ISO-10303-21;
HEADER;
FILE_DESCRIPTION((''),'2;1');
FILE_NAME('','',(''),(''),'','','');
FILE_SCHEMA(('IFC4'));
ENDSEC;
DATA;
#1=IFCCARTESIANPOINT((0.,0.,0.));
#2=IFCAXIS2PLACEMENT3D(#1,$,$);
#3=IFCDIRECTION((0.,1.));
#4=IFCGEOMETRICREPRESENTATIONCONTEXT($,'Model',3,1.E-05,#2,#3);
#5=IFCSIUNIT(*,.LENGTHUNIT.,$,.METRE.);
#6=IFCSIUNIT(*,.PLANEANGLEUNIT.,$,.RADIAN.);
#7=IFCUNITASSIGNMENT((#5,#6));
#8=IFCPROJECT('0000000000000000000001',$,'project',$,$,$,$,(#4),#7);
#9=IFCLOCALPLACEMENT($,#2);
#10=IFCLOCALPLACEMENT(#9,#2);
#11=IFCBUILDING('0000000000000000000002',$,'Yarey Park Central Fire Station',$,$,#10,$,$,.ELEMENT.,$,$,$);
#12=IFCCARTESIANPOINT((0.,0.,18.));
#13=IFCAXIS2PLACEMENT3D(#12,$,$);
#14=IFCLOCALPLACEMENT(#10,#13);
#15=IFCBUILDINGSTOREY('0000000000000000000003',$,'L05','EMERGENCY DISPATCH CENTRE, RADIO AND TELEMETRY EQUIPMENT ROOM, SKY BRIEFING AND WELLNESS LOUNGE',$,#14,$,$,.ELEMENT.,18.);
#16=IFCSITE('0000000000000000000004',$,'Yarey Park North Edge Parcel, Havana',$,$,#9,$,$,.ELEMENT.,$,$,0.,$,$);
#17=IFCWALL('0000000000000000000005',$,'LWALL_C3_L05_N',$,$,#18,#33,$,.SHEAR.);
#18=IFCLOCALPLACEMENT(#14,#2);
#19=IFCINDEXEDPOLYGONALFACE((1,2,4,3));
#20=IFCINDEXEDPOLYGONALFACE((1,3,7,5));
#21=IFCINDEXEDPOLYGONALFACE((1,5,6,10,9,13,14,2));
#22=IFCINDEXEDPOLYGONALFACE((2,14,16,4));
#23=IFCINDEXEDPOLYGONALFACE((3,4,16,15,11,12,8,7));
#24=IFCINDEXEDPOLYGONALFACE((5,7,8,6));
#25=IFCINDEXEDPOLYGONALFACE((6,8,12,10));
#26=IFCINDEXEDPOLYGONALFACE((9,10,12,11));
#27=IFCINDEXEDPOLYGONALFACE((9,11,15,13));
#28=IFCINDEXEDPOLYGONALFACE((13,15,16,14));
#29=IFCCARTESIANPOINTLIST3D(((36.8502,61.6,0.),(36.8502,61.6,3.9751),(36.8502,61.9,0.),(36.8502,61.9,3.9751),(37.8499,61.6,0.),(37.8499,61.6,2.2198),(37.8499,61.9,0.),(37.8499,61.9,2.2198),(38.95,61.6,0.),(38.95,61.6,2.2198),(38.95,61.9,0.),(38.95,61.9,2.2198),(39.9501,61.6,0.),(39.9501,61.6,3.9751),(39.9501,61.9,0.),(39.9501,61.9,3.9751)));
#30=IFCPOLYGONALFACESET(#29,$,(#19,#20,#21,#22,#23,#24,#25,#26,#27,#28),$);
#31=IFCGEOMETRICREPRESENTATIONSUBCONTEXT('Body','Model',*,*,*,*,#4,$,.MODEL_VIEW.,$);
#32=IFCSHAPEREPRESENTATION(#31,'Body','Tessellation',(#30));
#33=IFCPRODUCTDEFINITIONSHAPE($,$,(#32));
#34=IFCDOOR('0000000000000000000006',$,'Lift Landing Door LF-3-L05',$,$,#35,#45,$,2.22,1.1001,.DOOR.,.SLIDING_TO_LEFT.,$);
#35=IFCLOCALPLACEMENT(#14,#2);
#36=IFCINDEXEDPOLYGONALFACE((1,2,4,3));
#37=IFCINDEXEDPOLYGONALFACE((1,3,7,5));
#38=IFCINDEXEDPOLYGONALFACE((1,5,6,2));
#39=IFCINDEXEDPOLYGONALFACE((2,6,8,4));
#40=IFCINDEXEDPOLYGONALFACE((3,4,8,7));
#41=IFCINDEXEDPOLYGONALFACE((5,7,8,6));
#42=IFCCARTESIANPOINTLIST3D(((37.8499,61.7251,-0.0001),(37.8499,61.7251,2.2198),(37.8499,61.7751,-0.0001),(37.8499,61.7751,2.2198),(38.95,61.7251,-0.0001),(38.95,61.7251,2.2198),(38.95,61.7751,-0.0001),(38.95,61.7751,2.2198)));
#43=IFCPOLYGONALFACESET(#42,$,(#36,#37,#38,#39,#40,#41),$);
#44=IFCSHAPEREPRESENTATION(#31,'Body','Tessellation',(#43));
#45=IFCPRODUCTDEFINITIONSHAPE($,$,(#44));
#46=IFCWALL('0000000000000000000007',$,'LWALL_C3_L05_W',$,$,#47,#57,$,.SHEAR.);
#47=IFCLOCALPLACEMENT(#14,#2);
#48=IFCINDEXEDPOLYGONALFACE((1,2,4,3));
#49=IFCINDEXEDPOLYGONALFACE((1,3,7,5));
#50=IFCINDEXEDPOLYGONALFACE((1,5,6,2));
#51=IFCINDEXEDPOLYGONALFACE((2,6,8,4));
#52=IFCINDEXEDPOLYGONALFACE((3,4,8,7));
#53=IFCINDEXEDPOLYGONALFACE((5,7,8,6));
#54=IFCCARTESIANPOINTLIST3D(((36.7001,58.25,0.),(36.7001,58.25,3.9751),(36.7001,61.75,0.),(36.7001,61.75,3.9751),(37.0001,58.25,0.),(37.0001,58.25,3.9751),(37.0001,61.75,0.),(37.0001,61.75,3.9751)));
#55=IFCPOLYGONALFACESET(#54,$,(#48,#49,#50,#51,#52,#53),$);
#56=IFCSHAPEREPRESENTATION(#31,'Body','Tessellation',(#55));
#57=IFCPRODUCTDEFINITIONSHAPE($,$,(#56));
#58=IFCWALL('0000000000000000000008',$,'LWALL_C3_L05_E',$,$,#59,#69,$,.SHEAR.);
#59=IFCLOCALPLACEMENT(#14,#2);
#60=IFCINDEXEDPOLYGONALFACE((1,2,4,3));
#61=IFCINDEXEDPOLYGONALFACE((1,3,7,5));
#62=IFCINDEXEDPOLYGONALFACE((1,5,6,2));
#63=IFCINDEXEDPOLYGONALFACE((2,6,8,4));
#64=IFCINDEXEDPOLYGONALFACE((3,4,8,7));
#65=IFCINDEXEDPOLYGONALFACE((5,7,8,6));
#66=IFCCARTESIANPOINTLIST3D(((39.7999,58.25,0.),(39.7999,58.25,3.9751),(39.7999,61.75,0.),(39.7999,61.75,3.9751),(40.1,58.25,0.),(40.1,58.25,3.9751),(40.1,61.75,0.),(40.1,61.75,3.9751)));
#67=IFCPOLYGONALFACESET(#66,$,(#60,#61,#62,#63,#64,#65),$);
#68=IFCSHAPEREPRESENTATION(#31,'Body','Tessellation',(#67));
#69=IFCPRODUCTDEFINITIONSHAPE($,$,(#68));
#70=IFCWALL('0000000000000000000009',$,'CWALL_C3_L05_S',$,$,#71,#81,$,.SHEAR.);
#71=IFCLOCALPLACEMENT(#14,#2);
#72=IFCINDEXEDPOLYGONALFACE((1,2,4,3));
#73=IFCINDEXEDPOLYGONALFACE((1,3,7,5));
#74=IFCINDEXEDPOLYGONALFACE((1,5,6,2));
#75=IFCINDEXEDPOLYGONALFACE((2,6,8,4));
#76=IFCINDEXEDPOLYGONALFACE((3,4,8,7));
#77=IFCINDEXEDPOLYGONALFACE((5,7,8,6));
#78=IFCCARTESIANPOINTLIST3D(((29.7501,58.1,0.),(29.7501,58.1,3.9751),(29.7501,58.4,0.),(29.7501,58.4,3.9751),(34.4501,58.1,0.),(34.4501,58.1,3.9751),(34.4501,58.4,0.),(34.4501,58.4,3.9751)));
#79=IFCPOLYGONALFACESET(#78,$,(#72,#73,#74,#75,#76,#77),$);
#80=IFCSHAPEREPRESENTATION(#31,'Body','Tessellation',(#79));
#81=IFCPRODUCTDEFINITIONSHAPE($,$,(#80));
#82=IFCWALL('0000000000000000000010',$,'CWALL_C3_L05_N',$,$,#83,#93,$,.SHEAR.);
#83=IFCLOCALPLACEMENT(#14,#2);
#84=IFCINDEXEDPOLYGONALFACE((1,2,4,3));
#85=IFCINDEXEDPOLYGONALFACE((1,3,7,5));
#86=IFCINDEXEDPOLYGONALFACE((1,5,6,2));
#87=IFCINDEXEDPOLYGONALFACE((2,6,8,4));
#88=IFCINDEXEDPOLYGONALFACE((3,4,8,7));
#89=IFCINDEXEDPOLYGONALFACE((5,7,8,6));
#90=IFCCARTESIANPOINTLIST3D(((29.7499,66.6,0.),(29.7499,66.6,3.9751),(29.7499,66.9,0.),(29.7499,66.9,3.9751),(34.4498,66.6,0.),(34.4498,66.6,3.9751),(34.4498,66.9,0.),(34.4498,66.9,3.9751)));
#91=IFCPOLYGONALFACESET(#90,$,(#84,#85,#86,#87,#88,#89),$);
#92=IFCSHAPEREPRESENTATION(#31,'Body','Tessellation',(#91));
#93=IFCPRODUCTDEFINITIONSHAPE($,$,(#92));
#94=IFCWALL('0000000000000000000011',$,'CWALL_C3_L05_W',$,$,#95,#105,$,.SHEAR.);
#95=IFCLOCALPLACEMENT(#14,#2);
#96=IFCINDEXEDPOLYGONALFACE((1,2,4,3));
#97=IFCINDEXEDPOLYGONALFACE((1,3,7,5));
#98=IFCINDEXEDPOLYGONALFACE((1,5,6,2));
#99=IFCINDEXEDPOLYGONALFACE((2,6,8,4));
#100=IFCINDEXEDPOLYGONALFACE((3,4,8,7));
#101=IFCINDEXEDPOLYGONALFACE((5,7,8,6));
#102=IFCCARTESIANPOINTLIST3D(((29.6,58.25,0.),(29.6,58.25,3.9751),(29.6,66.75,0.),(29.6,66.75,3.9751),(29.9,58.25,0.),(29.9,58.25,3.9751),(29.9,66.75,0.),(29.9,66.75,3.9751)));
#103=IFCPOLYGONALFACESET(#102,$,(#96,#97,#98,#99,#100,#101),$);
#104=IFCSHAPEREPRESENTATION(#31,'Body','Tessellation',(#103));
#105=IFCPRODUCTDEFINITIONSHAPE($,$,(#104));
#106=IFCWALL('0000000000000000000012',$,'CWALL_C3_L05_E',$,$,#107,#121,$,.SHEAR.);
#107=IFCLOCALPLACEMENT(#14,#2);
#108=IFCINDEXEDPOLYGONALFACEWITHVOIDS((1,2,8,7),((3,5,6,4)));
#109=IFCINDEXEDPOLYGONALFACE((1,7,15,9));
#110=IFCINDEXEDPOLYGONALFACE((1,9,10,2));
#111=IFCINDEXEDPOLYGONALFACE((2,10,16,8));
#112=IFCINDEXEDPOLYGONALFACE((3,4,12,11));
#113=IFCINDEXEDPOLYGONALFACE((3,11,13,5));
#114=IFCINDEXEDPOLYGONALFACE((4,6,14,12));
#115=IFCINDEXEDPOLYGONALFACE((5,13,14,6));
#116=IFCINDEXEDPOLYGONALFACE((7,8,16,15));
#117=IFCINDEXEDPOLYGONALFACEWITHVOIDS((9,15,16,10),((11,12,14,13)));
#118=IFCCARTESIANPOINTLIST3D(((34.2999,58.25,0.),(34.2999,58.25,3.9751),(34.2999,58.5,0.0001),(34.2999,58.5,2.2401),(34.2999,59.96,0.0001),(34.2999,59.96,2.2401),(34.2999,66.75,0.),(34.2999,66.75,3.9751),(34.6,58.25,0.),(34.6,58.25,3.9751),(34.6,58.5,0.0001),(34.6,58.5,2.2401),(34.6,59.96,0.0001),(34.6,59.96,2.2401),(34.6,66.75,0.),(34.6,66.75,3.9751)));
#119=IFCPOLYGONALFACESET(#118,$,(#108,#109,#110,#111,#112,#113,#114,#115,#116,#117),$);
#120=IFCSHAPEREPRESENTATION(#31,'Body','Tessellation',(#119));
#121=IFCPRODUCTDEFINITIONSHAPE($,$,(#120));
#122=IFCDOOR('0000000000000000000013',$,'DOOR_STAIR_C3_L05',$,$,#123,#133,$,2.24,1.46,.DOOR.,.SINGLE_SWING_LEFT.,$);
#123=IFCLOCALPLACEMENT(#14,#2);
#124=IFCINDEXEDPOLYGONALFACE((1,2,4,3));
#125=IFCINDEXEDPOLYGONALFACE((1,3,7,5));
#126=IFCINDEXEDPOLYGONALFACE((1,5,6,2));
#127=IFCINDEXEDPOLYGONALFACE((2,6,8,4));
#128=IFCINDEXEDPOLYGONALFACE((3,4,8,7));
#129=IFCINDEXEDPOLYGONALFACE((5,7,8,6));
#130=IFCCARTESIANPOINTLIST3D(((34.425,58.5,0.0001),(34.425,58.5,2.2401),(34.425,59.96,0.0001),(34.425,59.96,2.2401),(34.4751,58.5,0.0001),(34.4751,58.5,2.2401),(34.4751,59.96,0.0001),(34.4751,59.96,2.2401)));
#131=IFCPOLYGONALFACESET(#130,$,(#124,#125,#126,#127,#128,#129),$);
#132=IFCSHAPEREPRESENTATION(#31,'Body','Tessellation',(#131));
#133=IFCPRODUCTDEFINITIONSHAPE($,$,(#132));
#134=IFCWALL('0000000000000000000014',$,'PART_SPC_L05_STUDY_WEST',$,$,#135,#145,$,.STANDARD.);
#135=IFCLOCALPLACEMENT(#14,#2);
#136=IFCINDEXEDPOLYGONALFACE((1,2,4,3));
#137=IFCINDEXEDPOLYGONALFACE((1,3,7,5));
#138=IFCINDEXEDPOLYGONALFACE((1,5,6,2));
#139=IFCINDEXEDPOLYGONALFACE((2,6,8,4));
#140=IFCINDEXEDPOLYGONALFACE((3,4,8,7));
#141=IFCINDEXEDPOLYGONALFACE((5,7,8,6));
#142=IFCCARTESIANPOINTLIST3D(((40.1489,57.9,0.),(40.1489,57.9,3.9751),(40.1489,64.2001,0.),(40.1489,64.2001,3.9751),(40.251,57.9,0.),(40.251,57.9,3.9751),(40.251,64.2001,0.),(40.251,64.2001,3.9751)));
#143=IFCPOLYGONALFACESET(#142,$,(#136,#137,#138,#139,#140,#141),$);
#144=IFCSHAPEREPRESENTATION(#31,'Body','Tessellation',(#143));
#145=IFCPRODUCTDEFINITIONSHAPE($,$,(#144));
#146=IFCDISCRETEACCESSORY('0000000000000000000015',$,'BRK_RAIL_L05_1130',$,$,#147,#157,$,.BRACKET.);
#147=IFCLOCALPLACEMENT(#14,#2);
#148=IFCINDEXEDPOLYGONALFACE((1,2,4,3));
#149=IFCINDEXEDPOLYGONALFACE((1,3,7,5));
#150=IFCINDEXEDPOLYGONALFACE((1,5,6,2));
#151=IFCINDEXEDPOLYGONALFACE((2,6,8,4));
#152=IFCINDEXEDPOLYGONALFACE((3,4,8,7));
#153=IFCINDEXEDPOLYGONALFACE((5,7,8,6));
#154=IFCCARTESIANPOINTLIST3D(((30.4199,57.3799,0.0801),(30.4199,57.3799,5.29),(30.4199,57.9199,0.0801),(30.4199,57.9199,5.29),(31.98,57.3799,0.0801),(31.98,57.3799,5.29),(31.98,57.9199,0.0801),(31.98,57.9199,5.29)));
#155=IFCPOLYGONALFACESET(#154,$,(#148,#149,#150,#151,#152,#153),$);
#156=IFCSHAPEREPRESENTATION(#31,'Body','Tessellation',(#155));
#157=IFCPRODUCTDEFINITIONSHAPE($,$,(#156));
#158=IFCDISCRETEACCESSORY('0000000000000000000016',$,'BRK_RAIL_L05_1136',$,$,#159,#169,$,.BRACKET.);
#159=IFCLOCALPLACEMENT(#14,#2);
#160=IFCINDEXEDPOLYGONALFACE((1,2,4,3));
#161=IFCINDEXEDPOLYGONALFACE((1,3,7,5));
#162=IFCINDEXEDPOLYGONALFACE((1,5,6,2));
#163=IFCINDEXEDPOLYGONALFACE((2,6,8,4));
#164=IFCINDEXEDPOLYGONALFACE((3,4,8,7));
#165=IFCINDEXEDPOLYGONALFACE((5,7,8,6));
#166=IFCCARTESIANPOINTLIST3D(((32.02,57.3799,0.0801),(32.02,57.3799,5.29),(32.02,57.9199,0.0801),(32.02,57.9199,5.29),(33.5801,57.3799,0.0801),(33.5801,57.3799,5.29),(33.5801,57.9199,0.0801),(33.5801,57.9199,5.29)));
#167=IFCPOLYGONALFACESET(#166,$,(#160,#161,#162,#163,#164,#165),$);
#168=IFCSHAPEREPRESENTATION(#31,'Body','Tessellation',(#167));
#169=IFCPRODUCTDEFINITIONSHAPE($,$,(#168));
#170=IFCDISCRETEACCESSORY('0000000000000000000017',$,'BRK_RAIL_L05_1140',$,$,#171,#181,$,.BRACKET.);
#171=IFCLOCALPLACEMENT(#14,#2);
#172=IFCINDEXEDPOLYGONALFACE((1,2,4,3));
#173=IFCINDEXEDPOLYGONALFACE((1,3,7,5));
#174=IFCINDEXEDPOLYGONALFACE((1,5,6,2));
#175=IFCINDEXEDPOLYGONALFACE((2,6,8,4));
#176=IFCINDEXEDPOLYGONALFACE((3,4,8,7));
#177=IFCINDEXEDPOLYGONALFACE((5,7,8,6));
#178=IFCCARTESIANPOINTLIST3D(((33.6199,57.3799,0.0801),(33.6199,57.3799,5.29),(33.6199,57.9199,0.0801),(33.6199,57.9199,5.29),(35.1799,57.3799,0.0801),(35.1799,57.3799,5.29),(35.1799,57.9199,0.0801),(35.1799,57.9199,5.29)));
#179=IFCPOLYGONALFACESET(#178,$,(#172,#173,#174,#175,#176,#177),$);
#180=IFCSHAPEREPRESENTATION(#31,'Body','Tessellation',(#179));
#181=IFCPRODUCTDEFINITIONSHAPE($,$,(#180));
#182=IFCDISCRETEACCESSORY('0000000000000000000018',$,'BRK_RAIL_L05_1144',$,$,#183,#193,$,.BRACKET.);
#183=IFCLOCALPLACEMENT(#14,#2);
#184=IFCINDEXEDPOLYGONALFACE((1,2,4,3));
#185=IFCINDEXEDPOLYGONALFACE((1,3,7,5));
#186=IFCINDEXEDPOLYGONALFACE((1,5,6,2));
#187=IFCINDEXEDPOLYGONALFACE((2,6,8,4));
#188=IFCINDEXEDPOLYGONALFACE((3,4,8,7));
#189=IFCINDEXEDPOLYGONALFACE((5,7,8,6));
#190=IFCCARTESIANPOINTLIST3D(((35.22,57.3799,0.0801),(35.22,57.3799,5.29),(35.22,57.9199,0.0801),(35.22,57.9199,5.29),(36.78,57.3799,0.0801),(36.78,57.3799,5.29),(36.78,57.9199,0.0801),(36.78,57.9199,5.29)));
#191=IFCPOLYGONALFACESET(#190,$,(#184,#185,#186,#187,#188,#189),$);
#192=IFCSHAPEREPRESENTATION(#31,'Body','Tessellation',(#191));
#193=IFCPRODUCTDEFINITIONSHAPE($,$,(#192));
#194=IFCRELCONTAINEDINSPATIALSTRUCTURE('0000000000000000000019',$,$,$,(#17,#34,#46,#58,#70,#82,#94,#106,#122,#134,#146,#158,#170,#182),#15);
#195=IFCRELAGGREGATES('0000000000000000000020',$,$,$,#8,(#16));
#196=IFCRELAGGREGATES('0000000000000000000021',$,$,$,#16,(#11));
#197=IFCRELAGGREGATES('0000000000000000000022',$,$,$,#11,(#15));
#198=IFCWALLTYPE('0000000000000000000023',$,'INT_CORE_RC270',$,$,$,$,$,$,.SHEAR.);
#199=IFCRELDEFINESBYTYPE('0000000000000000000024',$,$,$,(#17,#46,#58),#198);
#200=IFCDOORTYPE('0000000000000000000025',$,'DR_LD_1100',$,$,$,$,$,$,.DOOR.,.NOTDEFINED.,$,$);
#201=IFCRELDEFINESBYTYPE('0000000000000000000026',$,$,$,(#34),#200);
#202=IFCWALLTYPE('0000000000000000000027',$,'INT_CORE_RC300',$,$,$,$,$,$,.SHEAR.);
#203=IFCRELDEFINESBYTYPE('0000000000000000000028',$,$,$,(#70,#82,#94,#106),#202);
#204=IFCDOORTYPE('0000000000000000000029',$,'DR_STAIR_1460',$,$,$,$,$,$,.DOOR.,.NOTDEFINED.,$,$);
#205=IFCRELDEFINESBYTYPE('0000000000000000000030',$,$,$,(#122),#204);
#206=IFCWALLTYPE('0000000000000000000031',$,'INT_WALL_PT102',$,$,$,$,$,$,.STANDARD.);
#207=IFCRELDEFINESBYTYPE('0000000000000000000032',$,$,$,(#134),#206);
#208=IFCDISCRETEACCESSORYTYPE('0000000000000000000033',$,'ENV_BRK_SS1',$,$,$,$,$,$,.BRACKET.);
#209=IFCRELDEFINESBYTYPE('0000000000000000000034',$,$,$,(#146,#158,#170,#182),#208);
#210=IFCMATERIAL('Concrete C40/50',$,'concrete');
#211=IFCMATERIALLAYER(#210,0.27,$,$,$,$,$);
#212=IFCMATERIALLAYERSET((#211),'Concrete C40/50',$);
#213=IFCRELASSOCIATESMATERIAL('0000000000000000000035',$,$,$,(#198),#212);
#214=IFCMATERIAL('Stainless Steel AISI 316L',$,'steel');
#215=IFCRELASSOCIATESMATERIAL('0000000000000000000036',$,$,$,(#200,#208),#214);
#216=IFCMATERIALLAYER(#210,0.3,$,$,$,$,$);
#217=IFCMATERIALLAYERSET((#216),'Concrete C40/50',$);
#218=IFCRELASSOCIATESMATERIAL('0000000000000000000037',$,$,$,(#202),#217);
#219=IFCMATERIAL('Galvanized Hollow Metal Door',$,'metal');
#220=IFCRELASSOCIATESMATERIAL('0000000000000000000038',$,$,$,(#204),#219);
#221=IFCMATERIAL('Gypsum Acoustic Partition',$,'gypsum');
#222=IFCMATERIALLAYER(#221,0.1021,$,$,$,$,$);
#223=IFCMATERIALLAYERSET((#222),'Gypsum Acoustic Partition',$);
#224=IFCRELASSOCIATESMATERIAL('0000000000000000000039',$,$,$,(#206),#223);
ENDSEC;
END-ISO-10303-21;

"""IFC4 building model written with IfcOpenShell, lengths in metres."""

from ifc_helpers import new_model, si_unit, direction, frame, frame_2d, origin, origin_2d, place, context, subcontext, project, spatial, rectangle, extrude, material, layer, layer_set, type_object, element, fill, save


model = new_model("IFC4")

# Units and contexts
model_context = context("Model", 3, precision=1e-05, world=origin(), true_north=direction((0.0, 1.0)))
body_context = subcontext(model_context, "Body", "Model", "MODEL_VIEW")
ifc_project = project(units=[si_unit("LENGTHUNIT", "METRE"), si_unit("PLANEANGLEUNIT", "RADIAN")], contexts=[model_context])

# Site, building, storey
site_placement = place(None, origin())
site = spatial("IfcSite", under=ifc_project, at=site_placement, Name="Yarey Park North Edge Parcel, Havana", CompositionType="ELEMENT", RefElevation=0.0)
building_placement = place(site_placement, origin())
building = spatial("IfcBuilding", under=site, at=building_placement, Name="Yarey Park Central Fire Station", CompositionType="ELEMENT")
storey_placement = place(building_placement, frame((0.0, 0.0, 18.0)))
storey = spatial("IfcBuildingStorey", under=building, at=storey_placement, Name="L05", Description="EMERGENCY DISPATCH CENTRE, RADIO AND TELEMETRY EQUIPMENT ROOM, SKY BRIEFING AND WELLNESS LOUNGE", CompositionType="ELEMENT", Elevation=18.0)

# Shared definitions
ifc_material_1 = material(Name="Concrete C40/50", Category="concrete")
ifc_layer_1 = layer(ifc_material_1, 0.27)
ifc_layer_set_1 = layer_set([ifc_layer_1], Name="Concrete C40/50")
wall_type_1 = type_object("IfcWallType", Name="INT_CORE_RC270", PredefinedType="SHEAR", material=ifc_layer_set_1)

# Wall, opening, door
wall_1_placement = place(storey_placement, frame((39.95, 61.75, 0.0), z_axis=(0.0, 0.0, 1.0), x_axis=(-1.0, 0.0, 0.0)))
wall_1 = element("IfcWall", 1, at=wall_1_placement, inside=storey, type_object=wall_type_1, Name="LWALL_C3_L05_N", PredefinedType="SHEAR", context=body_context, shape_type="SweptSolid", body=[
    extrude(rectangle(XDim=3.0999, YDim=0.3, at=frame_2d((1.5498, 0.0))), origin(), (0.0, 0.0, 1.0), 3.9751),
])
opening_1_placement = place(wall_1_placement, frame((1.0, 0.0, 0.0)))
opening_1 = element("IfcOpeningElement", 2, at=opening_1_placement, cuts=wall_1, PredefinedType="OPENING", context=body_context, shape_type="SweptSolid", body=[
    extrude(rectangle(XDim=1.1001, YDim=2.22, at=frame_2d((0.55, 1.1099))), frame((0.0, 0.1599, 0.0), z_axis=(0.0, -1.0, 0.0), x_axis=(1.0, 0.0, 0.0)), (0.0, 0.0, 1.0), 0.3201),
])
ifc_material_2 = material(Name="Stainless Steel AISI 316L", Category="steel")
door_type_1 = type_object("IfcDoorType", Name="DR_LD_1100", OperationType="NOTDEFINED", PredefinedType="DOOR", material=ifc_material_2)
door_1_placement = place(opening_1_placement, origin())
door_1 = element("IfcDoor", 3, at=door_1_placement, inside=storey, type_object=door_type_1, Name="Lift Landing Door LF-3-L05", OperationType="SLIDING_TO_LEFT", OverallHeight=2.22, OverallWidth=1.1001, PredefinedType="DOOR", context=body_context, shape_type="SweptSolid", body=[
    extrude(rectangle(XDim=1.1001, YDim=2.22, at=frame_2d((0.55, 1.1099))), frame((0.0, 0.0249, 0.0), z_axis=(0.0, -1.0, 0.0), x_axis=(1.0, 0.0, 0.0)), (0.0, 0.0, 1.0), 0.05),
])
fill(opening_1, door_1)

# Walls
for number, where, z_axis, x_axis, name in (
    (4, (36.8501, 61.75, 0.0), (0.0, 0.0, 1.0), (0.0, -1.0, 0.0), "LWALL_C3_L05_W"),
    (5, (39.95, 58.25, 0.0), (0.0, 0.0, 1.0), (0.0, 1.0, 0.0), "LWALL_C3_L05_E"),
):
    element("IfcWall", number, at=place(storey_placement, frame(where, z_axis=z_axis, x_axis=x_axis)), inside=storey, type_object=wall_type_1, Name=name, PredefinedType="SHEAR", context=body_context, shape_type="SweptSolid", body=[
        extrude(rectangle(XDim=3.5, YDim=0.3, at=frame_2d((1.75, 0.0))), origin(), (0.0, 0.0, 1.0), 3.9751),
    ])
ifc_layer_2 = layer(ifc_material_1, 0.3)
ifc_layer_set_2 = layer_set([ifc_layer_2], Name="Concrete C40/50")
wall_type_2 = type_object("IfcWallType", Name="INT_CORE_RC300", PredefinedType="SHEAR", material=ifc_layer_set_2)
for number, where, z_axis, x_axis, name in (
    (6, (29.75, 58.25, 0.0), (0.0, 0.0, 1.0), (1.0, 0.0, 0.0), "CWALL_C3_L05_S"),
    (7, (34.45, 66.75, 0.0), (0.0, 0.0, 1.0), (-1.0, 0.0, 0.0), "CWALL_C3_L05_N"),
):
    element("IfcWall", number, at=place(storey_placement, frame(where, z_axis=z_axis, x_axis=x_axis)), inside=storey, type_object=wall_type_2, Name=name, PredefinedType="SHEAR", context=body_context, shape_type="SweptSolid", body=[
        extrude(rectangle(XDim=4.7, YDim=0.3, at=frame_2d((2.3501, 0.0))), origin(), (0.0, 0.0, 1.0), 3.9751),
    ])
wall_2_placement = place(storey_placement, frame((29.75, 66.75, 0.0), z_axis=(0.0, 0.0, 1.0), x_axis=(0.0, -1.0, 0.0)))
element("IfcWall", 8, at=wall_2_placement, inside=storey, type_object=wall_type_2, Name="CWALL_C3_L05_W", PredefinedType="SHEAR", context=body_context, shape_type="SweptSolid", body=[
    extrude(rectangle(XDim=8.5, YDim=0.3, at=frame_2d((4.25, 0.0))), origin(), (0.0, 0.0, 1.0), 3.9751),
])

# Wall, opening, door
wall_3_placement = place(storey_placement, frame((34.45, 58.25, 0.0), z_axis=(0.0, 0.0, 1.0), x_axis=(0.0, 1.0, 0.0)))
wall_3 = element("IfcWall", 9, at=wall_3_placement, inside=storey, type_object=wall_type_2, Name="CWALL_C3_L05_E", PredefinedType="SHEAR", context=body_context, shape_type="SweptSolid", body=[
    extrude(rectangle(XDim=8.5, YDim=0.3, at=frame_2d((4.25, 0.0))), origin(), (0.0, 0.0, 1.0), 3.9751),
])
opening_2_placement = place(wall_3_placement, frame((0.25, 0.0, 0.0)))
opening_2 = element("IfcOpeningElement", 10, at=opening_2_placement, cuts=wall_3, PredefinedType="OPENING", context=body_context, shape_type="SweptSolid", body=[
    extrude(rectangle(XDim=1.46, YDim=2.24, at=frame_2d((0.73, 1.1201))), frame((0.0, 0.1599, 0.0), z_axis=(0.0, -1.0, 0.0), x_axis=(1.0, 0.0, 0.0)), (0.0, 0.0, 1.0), 0.3201),
])
ifc_material_3 = material(Name="Galvanized Hollow Metal Door", Category="metal")
door_type_2 = type_object("IfcDoorType", Name="DR_STAIR_1460", OperationType="NOTDEFINED", PredefinedType="DOOR", material=ifc_material_3)
door_2_placement = place(opening_2_placement, origin())
door_2 = element("IfcDoor", 11, at=door_2_placement, inside=storey, type_object=door_type_2, Name="DOOR_STAIR_C3_L05", OperationType="SINGLE_SWING_LEFT", OverallHeight=2.24, OverallWidth=1.46, PredefinedType="DOOR", context=body_context, shape_type="SweptSolid", body=[
    extrude(rectangle(XDim=1.46, YDim=2.24, at=frame_2d((0.73, 1.1201))), frame((0.0, 0.0249, 0.0), z_axis=(0.0, -1.0, 0.0), x_axis=(1.0, 0.0, 0.0)), (0.0, 0.0, 1.0), 0.05),
])
fill(opening_2, door_2)

# Wall
ifc_material_4 = material(Name="Gypsum Acoustic Partition", Category="gypsum")
ifc_layer_3 = layer(ifc_material_4, 0.1021)
ifc_layer_set_3 = layer_set([ifc_layer_3], Name="Gypsum Acoustic Partition")
wall_type_3 = type_object("IfcWallType", Name="INT_WALL_PT102", PredefinedType="STANDARD", material=ifc_layer_set_3)
wall_4_placement = place(storey_placement, frame((40.2, 64.2, 0.0), z_axis=(0.0, 0.0, 1.0), x_axis=(0.0, -1.0, 0.0)))
element("IfcWall", 12, at=wall_4_placement, inside=storey, type_object=wall_type_3, Name="PART_SPC_L05_STUDY_WEST", PredefinedType="STANDARD", context=body_context, shape_type="SweptSolid", body=[
    extrude(rectangle(XDim=6.3, YDim=0.1021, at=frame_2d((3.1499, 0.0))), origin(), (0.0, 0.0, 1.0), 3.9751),
])

# Discrete accessories
discrete_accessory_type = type_object("IfcDiscreteAccessoryType", Name="ENV_BRK_SS1", PredefinedType="BRACKET", material=ifc_material_2)
for number, where, z_axis, x_axis, name in (
    (13, (31.2, 57.6499, 0.0801), (0.0, 0.0, 1.0), (1.0, 0.0, 0.0), "BRK_RAIL_L05_1130"),
    (14, (32.8, 57.6499, 0.0801), (0.0, 0.0, 1.0), (1.0, 0.0, 0.0), "BRK_RAIL_L05_1136"),
    (15, (34.3999, 57.6499, 0.0801), (0.0, 0.0, 1.0), (1.0, 0.0, 0.0), "BRK_RAIL_L05_1140"),
    (16, (36.0, 57.6499, 0.0801), (0.0, 0.0, 1.0), (1.0, 0.0, 0.0), "BRK_RAIL_L05_1144"),
):
    element("IfcDiscreteAccessory", number, at=place(storey_placement, frame(where, z_axis=z_axis, x_axis=x_axis)), inside=storey, type_object=discrete_accessory_type, Name=name, PredefinedType="BRACKET", context=body_context, shape_type="SweptSolid", body=[
        extrude(rectangle(XDim=1.5601, YDim=0.54, at=origin_2d()), origin(), (0.0, 0.0, 1.0), 5.21),
    ])

save(model, "model.ifc")
